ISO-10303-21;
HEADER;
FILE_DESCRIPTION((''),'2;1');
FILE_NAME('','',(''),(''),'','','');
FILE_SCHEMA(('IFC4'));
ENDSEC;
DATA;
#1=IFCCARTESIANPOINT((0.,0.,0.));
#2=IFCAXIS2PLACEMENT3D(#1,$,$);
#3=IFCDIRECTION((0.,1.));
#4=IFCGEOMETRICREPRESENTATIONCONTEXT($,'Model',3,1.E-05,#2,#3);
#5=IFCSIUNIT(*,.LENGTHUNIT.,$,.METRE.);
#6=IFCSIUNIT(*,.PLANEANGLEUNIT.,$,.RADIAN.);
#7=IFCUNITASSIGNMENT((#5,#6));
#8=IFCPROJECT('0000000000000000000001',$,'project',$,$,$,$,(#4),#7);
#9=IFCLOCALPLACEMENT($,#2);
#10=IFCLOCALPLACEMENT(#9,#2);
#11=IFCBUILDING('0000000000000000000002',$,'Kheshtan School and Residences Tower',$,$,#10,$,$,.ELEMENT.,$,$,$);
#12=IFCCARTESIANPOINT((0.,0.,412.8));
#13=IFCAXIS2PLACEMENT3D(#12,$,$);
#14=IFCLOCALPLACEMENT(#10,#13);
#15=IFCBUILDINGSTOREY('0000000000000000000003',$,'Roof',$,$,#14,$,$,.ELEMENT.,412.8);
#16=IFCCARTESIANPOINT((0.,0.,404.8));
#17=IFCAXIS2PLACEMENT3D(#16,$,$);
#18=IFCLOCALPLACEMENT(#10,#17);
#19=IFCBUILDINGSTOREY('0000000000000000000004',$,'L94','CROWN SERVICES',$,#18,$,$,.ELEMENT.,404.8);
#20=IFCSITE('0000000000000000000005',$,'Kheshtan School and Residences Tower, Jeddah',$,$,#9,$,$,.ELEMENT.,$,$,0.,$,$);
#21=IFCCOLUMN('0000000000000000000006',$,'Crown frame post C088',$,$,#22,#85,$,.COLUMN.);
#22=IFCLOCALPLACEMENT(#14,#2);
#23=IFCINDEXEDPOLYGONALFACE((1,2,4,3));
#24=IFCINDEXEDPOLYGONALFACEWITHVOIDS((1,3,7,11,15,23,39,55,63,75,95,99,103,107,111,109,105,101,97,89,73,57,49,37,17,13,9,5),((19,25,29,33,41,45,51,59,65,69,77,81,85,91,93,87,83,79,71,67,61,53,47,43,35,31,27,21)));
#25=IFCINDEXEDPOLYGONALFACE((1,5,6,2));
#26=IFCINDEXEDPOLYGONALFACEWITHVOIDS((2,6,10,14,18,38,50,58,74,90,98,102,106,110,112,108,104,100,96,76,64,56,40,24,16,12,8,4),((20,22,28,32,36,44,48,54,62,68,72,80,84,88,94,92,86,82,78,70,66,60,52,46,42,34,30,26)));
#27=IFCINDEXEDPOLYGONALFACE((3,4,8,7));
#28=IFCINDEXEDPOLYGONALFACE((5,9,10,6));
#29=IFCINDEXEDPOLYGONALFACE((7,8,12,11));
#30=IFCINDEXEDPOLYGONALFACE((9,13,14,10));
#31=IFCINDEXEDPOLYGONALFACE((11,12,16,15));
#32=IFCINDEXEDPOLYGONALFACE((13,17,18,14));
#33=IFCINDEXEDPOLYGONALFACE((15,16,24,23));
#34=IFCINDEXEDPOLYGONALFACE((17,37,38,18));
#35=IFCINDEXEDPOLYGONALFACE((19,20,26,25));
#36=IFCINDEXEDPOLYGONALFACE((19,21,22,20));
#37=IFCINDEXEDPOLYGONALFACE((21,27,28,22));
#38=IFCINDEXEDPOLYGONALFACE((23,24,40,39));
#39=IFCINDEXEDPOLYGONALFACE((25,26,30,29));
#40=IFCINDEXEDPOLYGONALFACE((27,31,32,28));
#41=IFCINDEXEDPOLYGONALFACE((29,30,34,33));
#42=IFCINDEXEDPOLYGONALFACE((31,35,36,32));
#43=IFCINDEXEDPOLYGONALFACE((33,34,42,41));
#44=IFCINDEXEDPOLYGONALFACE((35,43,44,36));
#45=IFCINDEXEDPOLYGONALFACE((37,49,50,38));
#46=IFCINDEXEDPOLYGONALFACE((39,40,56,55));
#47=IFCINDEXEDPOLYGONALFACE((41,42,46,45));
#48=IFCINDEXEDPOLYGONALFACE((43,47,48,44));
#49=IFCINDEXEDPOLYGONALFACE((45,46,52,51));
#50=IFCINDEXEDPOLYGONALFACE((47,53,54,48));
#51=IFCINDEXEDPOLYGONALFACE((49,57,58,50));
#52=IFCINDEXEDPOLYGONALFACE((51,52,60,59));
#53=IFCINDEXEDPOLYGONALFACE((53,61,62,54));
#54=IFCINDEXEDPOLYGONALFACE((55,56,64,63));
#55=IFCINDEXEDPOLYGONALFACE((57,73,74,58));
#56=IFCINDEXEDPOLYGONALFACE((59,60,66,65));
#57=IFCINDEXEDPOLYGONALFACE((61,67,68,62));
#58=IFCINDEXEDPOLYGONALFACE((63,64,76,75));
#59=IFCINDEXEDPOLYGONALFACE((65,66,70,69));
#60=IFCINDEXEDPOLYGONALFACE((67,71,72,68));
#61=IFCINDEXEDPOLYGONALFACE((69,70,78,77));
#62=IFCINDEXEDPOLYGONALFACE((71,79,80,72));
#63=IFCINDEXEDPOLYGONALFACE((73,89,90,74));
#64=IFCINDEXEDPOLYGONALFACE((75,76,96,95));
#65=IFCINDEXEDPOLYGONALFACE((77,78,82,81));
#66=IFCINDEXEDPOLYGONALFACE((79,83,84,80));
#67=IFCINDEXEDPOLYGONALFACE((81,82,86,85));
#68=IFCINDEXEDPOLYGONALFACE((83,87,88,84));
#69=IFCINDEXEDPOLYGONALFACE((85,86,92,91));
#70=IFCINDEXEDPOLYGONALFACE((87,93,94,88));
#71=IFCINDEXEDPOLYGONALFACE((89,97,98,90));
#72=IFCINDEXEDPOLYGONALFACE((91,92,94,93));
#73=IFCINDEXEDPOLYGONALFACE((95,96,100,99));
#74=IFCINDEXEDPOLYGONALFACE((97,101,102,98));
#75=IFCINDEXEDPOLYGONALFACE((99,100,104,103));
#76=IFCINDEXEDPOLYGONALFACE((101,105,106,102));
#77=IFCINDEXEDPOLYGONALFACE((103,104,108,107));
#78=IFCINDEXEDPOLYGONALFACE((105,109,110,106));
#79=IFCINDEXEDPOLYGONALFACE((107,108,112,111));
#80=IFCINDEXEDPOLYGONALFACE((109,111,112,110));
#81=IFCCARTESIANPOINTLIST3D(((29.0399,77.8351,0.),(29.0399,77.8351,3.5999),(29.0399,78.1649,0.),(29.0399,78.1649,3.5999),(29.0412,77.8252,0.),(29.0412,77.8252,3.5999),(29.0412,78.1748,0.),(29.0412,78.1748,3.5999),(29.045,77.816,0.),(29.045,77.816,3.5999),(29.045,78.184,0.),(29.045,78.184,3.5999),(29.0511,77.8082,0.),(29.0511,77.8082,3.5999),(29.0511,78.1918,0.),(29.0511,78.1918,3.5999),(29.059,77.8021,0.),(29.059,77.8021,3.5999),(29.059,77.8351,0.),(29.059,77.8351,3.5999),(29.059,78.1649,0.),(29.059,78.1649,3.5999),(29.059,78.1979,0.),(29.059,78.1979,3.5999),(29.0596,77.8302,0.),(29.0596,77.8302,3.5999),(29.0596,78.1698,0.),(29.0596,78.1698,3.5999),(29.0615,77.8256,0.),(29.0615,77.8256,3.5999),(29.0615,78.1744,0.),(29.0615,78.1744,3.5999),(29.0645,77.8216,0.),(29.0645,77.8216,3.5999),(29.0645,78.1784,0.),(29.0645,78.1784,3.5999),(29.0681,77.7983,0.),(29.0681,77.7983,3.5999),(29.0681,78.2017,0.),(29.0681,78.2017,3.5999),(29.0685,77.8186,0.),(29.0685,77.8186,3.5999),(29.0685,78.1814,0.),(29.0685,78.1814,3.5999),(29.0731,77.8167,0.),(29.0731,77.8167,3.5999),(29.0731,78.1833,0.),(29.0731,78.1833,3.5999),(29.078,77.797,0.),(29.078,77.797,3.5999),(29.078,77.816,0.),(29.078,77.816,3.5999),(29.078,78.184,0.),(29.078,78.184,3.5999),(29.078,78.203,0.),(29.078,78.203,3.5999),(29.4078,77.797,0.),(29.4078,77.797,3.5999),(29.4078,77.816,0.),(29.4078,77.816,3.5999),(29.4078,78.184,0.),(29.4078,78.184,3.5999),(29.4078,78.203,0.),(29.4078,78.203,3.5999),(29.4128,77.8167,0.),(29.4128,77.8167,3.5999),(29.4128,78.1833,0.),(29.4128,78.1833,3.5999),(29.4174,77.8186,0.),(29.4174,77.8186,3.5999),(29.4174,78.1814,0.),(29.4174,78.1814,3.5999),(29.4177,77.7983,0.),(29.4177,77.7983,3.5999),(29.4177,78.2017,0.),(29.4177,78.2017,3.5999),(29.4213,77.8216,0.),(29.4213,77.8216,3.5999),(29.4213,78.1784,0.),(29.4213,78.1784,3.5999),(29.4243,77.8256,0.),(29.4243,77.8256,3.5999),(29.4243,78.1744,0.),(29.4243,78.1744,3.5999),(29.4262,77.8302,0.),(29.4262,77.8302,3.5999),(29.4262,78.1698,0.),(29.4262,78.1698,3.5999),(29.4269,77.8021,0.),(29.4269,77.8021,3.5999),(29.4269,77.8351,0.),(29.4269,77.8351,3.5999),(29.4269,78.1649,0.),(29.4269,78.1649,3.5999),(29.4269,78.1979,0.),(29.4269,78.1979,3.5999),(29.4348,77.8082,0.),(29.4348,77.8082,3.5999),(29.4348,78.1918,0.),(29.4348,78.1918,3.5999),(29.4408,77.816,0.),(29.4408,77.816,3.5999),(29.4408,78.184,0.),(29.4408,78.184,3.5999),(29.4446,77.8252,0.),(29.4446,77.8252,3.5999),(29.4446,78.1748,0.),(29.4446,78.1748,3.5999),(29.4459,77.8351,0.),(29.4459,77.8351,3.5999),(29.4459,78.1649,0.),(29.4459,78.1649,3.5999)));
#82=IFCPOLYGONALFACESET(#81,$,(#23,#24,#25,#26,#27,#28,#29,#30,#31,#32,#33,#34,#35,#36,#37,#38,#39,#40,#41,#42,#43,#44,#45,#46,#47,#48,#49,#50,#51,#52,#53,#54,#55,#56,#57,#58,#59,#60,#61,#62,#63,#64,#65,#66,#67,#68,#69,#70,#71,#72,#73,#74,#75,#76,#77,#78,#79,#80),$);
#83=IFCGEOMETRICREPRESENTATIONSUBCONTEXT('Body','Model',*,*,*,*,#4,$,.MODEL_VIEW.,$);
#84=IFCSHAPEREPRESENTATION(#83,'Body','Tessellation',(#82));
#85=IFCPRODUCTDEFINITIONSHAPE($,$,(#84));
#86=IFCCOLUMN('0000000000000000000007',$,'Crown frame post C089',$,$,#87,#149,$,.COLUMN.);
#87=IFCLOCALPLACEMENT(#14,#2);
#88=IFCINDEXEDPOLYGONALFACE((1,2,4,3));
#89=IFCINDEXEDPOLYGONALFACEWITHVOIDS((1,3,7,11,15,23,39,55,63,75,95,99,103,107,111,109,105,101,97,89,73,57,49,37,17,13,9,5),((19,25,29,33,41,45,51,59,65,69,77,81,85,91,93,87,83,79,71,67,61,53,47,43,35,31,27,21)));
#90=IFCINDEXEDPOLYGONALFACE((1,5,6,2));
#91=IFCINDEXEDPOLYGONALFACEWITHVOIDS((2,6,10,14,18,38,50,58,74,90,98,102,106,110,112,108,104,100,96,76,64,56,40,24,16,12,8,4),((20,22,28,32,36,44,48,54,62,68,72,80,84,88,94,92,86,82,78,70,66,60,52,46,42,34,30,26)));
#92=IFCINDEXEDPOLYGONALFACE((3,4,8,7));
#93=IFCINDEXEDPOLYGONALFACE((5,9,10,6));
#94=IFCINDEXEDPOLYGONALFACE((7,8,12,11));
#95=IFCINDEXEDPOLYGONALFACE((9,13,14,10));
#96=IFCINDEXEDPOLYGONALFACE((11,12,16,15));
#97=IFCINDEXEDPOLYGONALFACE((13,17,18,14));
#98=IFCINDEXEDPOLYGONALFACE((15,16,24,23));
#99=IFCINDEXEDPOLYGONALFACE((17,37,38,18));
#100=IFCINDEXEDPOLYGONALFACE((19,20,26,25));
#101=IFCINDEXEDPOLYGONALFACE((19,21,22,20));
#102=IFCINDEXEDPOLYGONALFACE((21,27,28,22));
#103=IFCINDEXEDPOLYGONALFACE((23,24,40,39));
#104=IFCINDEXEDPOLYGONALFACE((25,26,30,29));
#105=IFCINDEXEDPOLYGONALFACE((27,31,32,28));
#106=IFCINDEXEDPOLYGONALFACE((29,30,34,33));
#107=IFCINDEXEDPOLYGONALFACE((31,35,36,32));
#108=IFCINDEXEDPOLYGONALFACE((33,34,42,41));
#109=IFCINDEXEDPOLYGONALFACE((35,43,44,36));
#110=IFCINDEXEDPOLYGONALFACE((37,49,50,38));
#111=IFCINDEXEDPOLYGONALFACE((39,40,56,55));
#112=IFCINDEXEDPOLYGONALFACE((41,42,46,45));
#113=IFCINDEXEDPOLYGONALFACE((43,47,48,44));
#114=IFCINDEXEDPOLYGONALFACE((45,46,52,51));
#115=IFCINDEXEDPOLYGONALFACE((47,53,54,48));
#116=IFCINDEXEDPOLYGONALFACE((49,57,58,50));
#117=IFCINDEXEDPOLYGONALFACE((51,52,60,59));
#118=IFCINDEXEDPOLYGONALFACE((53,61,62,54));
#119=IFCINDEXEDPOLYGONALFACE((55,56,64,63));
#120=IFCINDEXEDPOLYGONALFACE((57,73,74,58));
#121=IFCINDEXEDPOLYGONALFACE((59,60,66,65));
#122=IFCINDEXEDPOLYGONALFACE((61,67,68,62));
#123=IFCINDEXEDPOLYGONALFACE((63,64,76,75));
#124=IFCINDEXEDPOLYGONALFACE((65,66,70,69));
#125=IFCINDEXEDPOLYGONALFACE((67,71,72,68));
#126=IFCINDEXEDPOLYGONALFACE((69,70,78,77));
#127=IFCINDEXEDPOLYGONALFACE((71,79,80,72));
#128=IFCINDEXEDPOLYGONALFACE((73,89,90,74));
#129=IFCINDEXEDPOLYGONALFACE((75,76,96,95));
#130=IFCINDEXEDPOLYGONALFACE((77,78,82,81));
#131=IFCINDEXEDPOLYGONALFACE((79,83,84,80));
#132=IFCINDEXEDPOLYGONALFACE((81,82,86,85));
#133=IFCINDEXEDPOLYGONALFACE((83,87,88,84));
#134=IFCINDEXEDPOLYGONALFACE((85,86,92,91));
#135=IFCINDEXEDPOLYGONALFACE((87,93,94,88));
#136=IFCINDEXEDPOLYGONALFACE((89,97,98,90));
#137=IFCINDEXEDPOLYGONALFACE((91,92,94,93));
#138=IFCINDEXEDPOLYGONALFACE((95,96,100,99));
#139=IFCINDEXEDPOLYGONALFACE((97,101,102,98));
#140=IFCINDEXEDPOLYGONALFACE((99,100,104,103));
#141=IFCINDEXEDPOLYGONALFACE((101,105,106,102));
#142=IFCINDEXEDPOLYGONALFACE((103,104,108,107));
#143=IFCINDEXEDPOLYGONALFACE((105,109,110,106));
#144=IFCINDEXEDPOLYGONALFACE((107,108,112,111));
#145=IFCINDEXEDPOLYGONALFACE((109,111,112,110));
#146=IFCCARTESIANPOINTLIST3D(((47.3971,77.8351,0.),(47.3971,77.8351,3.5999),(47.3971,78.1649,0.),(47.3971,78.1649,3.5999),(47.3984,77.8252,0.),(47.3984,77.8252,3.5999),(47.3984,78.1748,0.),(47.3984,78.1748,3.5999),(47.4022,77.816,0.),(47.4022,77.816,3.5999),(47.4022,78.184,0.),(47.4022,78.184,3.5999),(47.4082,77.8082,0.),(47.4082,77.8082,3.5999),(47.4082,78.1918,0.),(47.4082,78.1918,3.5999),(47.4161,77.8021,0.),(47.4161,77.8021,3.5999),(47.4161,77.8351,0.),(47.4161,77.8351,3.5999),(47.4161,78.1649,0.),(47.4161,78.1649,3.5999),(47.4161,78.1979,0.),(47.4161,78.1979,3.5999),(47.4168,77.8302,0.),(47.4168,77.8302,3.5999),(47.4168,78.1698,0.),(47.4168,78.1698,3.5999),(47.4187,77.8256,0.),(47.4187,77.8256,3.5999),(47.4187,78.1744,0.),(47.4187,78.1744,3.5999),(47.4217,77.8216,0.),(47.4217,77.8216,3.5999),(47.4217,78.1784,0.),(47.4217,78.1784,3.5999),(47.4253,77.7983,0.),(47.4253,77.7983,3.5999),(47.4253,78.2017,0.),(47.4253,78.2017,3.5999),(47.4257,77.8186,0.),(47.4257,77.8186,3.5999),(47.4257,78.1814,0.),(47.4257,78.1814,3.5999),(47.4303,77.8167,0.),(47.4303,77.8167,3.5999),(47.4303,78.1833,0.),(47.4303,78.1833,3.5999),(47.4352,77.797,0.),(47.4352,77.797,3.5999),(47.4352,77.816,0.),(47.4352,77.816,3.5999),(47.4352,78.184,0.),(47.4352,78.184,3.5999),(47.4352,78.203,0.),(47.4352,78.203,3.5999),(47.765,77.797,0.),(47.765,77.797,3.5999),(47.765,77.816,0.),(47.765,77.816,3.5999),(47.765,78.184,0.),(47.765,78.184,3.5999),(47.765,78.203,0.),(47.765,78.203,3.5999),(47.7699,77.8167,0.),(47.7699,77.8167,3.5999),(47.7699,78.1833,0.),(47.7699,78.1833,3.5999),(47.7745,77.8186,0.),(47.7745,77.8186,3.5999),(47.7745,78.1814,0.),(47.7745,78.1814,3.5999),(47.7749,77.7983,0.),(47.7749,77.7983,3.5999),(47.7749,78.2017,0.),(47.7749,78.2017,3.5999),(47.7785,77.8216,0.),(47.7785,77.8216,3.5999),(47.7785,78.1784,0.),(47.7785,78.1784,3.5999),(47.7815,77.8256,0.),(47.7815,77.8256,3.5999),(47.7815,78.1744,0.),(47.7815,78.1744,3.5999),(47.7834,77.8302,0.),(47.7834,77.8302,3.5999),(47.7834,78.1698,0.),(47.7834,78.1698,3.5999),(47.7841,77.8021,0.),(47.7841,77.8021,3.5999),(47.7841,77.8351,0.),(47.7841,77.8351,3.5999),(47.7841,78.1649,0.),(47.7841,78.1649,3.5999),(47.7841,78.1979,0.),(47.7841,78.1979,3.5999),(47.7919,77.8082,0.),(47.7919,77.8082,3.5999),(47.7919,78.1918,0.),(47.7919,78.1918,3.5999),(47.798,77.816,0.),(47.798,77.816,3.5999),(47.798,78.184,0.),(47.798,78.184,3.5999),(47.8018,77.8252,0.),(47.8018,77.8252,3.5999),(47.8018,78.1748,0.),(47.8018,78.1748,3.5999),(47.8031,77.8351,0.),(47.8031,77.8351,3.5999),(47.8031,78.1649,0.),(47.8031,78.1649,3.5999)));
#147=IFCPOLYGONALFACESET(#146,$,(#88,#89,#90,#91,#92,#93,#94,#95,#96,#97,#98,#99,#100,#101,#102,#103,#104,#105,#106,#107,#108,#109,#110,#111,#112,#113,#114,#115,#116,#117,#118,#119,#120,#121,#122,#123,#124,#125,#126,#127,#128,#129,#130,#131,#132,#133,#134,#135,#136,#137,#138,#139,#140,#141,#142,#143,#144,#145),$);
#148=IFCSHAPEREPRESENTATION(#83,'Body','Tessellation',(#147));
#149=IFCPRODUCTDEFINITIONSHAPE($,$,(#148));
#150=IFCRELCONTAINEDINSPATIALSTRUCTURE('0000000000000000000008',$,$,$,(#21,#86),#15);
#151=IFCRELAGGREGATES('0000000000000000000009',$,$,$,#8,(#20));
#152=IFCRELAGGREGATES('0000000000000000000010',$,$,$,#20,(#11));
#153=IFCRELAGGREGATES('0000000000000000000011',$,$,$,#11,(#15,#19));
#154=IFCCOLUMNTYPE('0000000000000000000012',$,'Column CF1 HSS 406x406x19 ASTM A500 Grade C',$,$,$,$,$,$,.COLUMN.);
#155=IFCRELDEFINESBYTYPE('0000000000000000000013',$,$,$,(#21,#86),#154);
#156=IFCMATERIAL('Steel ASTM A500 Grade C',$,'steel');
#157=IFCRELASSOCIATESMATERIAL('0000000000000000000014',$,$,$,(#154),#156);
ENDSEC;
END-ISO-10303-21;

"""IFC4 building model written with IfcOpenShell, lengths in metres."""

from ifc_helpers import new_model, si_unit, direction, frame, origin, origin_2d, place, context, subcontext, project, spatial, hollow_rectangle, extrude, material, material_profile, profile_set, type_object, element, save


model = new_model("IFC4")

# Units and contexts
model_context = context("Model", 3, precision=1e-05, world=origin(), true_north=direction((0.0, 1.0)))
body_context = subcontext(model_context, "Body", "Model", "MODEL_VIEW")
ifc_project = project(units=[si_unit("LENGTHUNIT", "METRE"), si_unit("PLANEANGLEUNIT", "RADIAN")], contexts=[model_context])

# Site, building, storey
site_placement = place(None, origin())
site = spatial("IfcSite", under=ifc_project, at=site_placement, Name="Kheshtan School and Residences Tower, Jeddah", CompositionType="ELEMENT", RefElevation=0.0)
building_placement = place(site_placement, origin())
building = spatial("IfcBuilding", under=site, at=building_placement, Name="Kheshtan School and Residences Tower", CompositionType="ELEMENT")
storey_1_placement = place(building_placement, frame((0.0, 0.0, 412.8)))
storey_1 = spatial("IfcBuildingStorey", under=building, at=storey_1_placement, Name="Roof", CompositionType="ELEMENT", Elevation=412.8)

# Columns
ifc_material_1 = material(Name="Steel ASTM A500 Grade C", Category="steel")
ifc_material_profile = material_profile(ifc_material_1, hollow_rectangle(XDim=0.406, YDim=0.406, WallThickness=0.019, InnerFilletRadius=0.019, OuterFilletRadius=0.0381, at=origin_2d()), Name="HSS 406x406x19")
ifc_profile_set = profile_set([ifc_material_profile], Name="Steel ASTM A500 Grade C")
column_type = type_object("IfcColumnType", Name="Column CF1 HSS 406x406x19 ASTM A500 Grade C", PredefinedType="COLUMN", material=ifc_profile_set)
for number, where, z_axis, x_axis, name in (
    (1, (29.2429, 78.0, 0.0), (0.0, 0.0, 1.0), (1.0, 0.0, 0.0), "Crown frame post C088"),
    (2, (47.6001, 78.0, 0.0), (0.0, 0.0, 1.0), (1.0, 0.0, 0.0), "Crown frame post C089"),
):
    element("IfcColumn", number, at=place(storey_1_placement, frame(where, z_axis=z_axis, x_axis=x_axis)), inside=storey_1, type_object=column_type, Name=name, PredefinedType="COLUMN", context=body_context, shape_type="SweptSolid", body=[
        extrude(hollow_rectangle(XDim=0.406, YDim=0.406, WallThickness=0.019, InnerFilletRadius=0.019, OuterFilletRadius=0.0381, at=origin_2d()), origin(), (0.0, 0.0, 1.0), 3.5999),
    ])

# Shared definitions
storey_2_placement = place(building_placement, frame((0.0, 0.0, 404.8)))
storey_2 = spatial("IfcBuildingStorey", under=building, at=storey_2_placement, Name="L94", Description="CROWN SERVICES", CompositionType="ELEMENT", Elevation=404.8)

save(model, "model.ifc")
